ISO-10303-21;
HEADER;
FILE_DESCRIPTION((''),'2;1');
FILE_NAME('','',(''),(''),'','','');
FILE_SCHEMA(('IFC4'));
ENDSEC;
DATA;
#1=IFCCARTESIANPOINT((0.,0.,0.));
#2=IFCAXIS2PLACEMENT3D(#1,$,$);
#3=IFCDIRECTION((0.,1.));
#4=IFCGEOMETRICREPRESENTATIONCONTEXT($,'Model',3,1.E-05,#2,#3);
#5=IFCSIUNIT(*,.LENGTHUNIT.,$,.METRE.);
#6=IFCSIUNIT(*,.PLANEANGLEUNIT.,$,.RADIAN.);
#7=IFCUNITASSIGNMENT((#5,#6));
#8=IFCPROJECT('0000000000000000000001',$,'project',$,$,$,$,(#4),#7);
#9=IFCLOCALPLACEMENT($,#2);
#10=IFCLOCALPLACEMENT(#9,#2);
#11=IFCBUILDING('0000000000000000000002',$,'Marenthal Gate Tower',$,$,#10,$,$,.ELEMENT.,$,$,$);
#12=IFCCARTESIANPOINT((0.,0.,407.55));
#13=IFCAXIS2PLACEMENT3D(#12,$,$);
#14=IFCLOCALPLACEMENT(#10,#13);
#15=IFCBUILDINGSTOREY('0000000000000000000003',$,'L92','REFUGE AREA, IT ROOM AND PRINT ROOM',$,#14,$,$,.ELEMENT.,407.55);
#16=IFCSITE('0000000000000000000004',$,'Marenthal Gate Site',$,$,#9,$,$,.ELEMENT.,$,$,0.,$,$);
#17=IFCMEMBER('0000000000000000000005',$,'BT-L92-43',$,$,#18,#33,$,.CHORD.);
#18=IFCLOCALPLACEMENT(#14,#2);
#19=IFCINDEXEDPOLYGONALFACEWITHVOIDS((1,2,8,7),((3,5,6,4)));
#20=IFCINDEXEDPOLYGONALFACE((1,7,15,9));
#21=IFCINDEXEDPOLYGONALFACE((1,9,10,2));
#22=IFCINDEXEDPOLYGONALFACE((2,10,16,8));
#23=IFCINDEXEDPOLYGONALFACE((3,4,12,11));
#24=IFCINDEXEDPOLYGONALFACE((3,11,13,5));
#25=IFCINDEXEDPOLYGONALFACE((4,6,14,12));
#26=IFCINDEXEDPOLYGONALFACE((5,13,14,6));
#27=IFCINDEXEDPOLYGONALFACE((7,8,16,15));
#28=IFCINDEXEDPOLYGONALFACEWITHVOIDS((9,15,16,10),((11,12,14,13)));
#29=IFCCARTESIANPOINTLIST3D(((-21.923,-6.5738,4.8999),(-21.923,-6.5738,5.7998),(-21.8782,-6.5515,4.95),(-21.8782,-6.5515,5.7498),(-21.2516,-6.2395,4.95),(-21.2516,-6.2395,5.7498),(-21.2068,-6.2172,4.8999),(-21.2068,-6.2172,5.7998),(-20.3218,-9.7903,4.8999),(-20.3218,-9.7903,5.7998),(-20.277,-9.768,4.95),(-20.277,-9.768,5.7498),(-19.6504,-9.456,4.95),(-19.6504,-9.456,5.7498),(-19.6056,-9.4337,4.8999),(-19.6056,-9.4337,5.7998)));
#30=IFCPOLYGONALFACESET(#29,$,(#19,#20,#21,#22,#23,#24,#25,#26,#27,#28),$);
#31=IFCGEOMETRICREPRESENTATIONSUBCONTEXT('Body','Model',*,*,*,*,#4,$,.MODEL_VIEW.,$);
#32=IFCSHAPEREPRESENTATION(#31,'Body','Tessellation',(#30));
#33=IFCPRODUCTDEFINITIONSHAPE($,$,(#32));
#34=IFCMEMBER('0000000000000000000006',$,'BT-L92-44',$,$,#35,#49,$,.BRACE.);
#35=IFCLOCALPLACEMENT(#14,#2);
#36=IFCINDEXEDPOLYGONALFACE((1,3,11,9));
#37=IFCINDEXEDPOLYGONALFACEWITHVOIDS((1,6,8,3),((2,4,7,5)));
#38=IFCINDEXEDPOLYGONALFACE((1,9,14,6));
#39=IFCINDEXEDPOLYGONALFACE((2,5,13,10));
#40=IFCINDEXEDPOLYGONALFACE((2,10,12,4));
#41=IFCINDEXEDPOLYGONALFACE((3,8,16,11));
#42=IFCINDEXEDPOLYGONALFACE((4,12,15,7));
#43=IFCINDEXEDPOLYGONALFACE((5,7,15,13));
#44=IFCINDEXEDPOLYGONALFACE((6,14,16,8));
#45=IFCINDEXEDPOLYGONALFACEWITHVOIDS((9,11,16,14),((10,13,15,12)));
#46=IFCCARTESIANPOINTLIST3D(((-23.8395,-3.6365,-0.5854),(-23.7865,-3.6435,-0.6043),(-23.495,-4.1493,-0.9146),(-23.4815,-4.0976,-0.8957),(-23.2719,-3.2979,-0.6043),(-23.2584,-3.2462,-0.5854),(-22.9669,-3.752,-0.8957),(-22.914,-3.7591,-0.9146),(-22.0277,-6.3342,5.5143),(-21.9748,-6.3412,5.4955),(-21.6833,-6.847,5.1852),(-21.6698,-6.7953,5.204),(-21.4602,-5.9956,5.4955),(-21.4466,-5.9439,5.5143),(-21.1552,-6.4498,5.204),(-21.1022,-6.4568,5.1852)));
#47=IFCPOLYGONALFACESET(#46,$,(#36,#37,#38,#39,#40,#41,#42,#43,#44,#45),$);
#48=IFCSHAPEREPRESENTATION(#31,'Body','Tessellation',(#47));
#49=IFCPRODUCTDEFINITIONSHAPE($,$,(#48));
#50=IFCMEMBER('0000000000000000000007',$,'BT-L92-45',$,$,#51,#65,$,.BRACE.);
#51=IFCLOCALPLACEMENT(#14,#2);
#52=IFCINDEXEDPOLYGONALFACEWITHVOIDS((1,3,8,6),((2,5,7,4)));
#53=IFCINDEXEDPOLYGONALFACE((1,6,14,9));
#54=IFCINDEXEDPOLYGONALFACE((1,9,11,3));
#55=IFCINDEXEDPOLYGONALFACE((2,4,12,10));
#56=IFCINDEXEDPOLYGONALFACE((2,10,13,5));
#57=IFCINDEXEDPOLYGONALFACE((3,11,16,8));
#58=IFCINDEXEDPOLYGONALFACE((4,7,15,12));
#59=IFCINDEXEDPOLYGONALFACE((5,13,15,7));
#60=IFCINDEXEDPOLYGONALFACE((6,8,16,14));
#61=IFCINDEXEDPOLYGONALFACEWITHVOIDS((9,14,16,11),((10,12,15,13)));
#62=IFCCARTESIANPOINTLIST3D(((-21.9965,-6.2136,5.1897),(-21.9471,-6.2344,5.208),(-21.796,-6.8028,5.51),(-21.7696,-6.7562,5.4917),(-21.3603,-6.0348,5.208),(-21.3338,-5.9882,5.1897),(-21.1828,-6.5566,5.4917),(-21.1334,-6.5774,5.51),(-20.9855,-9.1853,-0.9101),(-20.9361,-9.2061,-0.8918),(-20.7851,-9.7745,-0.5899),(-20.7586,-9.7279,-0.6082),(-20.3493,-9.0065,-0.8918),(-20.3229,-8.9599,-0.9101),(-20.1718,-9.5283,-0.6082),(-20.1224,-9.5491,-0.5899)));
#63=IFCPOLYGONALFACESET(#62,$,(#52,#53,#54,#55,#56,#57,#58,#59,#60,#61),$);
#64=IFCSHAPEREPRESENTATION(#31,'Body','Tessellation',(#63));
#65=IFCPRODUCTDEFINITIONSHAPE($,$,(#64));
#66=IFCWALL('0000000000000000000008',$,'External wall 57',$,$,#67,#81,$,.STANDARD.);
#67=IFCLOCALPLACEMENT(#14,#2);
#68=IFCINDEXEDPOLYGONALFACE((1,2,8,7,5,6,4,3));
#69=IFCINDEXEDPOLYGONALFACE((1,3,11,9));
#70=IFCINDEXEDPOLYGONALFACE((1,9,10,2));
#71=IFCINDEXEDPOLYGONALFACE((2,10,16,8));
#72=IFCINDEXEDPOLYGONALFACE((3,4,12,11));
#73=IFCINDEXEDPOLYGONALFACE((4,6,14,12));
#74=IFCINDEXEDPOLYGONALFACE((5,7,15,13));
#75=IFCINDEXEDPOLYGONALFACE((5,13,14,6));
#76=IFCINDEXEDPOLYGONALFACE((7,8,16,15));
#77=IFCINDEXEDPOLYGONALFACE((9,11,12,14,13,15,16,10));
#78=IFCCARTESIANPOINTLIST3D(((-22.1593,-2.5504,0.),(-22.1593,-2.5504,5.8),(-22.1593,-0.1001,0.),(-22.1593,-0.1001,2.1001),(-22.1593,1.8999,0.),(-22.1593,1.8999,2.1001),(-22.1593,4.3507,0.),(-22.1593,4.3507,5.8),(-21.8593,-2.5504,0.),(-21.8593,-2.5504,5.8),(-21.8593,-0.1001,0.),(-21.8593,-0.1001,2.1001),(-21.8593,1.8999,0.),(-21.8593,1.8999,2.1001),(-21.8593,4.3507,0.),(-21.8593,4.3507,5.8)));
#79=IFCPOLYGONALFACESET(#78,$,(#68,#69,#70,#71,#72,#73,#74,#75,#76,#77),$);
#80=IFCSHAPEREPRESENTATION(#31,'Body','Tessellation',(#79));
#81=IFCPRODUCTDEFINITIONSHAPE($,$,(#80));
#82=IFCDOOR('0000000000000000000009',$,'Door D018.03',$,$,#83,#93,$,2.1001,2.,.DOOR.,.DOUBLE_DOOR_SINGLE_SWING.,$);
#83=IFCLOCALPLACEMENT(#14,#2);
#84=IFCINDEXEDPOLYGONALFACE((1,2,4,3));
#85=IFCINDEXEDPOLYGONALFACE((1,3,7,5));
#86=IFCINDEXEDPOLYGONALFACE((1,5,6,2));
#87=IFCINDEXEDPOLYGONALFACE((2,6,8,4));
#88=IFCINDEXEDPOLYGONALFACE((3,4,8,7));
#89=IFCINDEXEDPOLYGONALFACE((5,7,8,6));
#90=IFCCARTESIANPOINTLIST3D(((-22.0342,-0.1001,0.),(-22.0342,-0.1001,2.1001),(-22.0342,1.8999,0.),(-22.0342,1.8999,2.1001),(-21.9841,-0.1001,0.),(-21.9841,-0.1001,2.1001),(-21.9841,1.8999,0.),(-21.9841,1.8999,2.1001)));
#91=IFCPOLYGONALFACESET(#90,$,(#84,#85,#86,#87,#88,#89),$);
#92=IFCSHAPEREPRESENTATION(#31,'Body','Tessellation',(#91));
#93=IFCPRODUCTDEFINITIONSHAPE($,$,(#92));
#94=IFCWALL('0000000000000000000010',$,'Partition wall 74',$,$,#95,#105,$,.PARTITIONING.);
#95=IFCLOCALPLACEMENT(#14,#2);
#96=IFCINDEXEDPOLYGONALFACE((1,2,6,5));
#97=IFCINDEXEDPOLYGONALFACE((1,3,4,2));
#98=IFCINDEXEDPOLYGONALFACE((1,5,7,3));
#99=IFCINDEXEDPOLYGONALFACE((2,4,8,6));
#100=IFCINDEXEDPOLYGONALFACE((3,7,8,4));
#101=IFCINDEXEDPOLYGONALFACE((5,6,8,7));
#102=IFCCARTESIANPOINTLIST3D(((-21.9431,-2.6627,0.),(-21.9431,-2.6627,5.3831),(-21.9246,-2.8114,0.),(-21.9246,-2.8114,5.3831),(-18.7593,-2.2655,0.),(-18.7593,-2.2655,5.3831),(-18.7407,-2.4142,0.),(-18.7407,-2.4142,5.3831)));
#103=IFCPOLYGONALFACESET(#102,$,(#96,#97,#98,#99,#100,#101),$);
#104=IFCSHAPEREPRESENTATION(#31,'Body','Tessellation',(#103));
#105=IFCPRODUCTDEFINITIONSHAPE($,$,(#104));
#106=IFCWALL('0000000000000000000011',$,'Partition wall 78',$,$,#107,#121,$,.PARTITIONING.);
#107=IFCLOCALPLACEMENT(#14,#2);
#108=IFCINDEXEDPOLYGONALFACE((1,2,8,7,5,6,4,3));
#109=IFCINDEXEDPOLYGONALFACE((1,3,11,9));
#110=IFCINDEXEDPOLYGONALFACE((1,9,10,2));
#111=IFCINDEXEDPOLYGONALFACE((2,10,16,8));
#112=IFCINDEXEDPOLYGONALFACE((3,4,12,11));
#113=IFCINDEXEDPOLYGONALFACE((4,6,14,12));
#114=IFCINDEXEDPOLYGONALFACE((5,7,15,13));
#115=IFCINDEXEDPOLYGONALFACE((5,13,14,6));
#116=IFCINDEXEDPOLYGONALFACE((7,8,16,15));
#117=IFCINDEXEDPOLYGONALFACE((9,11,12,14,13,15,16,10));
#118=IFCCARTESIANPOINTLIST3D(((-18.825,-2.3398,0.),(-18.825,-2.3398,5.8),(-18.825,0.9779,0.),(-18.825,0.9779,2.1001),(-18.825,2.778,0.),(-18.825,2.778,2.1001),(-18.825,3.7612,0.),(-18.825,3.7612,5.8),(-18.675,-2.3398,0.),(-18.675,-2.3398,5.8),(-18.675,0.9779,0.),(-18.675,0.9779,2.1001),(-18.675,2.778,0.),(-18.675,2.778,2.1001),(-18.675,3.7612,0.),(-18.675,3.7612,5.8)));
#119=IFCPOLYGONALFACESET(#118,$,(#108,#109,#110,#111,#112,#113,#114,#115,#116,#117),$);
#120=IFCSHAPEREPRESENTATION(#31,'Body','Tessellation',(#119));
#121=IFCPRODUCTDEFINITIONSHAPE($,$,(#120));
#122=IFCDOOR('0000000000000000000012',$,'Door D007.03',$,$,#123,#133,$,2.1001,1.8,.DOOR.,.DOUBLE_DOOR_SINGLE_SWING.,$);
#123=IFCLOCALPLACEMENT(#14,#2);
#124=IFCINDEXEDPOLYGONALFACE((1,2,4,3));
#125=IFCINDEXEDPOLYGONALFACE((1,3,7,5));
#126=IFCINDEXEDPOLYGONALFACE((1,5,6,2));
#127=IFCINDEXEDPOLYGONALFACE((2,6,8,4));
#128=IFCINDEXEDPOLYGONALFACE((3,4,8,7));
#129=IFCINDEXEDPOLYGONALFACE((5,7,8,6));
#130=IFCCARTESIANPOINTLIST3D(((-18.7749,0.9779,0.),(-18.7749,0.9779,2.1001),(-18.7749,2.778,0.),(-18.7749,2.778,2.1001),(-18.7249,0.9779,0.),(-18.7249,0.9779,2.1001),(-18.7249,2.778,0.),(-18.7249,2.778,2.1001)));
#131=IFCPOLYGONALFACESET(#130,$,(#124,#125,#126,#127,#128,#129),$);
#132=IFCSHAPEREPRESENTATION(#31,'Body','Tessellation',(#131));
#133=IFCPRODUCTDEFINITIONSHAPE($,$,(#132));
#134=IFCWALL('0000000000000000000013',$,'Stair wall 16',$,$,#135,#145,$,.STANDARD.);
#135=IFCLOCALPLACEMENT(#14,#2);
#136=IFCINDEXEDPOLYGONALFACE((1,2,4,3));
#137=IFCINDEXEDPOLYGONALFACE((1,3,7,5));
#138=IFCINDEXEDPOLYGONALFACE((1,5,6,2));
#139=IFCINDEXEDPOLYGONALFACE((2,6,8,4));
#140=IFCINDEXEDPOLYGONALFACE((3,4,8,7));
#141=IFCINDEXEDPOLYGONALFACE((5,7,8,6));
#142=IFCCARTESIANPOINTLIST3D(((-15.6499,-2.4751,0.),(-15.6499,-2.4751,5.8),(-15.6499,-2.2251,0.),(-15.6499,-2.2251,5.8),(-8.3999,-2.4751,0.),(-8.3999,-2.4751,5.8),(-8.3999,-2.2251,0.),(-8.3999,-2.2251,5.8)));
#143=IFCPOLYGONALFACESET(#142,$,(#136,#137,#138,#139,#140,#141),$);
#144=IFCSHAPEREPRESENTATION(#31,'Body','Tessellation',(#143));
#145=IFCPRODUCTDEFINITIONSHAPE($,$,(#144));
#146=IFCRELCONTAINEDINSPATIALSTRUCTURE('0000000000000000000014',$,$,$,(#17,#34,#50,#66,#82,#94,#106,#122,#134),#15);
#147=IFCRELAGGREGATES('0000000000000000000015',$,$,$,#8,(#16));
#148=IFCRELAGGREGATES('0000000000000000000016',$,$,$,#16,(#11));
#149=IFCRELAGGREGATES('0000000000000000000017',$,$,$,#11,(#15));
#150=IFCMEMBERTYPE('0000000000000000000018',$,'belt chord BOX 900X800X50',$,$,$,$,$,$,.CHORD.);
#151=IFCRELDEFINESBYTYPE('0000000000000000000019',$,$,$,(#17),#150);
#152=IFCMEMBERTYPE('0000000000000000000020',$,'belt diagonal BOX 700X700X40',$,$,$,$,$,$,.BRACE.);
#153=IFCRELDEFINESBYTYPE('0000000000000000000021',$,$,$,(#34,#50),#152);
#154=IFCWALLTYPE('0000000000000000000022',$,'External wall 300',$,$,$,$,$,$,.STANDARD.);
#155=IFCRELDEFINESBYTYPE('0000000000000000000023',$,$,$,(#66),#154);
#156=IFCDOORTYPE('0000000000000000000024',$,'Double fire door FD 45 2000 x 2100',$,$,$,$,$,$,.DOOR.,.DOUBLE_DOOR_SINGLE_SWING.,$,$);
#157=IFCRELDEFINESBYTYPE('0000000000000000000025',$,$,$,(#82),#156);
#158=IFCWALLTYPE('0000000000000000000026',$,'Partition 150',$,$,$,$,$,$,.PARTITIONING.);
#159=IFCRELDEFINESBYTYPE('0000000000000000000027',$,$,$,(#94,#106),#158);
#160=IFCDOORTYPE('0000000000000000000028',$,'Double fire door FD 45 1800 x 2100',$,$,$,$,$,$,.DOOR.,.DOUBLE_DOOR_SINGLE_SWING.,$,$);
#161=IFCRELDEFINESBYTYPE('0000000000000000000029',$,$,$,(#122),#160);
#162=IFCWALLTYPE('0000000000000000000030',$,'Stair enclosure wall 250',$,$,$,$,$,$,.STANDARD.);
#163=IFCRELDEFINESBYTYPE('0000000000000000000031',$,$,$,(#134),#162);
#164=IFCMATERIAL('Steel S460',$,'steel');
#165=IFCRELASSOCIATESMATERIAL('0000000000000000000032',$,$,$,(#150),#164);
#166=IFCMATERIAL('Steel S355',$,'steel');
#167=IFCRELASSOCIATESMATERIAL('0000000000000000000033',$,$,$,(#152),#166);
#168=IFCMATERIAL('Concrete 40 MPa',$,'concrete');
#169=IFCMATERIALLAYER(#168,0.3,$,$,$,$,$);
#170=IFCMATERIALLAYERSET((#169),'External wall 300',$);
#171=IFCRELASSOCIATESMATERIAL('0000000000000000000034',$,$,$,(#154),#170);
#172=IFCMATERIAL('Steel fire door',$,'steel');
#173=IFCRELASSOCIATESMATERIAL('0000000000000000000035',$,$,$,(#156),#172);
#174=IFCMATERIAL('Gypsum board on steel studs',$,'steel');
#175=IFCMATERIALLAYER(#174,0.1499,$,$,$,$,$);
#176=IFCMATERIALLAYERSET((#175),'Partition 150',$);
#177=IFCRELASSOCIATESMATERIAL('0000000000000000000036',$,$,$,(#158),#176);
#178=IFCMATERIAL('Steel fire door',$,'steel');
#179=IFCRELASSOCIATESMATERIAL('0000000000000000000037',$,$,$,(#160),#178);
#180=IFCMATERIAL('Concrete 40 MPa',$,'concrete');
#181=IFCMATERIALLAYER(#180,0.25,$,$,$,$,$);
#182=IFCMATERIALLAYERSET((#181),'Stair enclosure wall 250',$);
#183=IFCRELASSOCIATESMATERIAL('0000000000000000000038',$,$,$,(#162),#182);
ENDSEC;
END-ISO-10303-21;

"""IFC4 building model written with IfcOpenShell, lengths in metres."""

from ifc_helpers import new_model, si_unit, direction, frame, frame_2d, origin, origin_2d, place, context, subcontext, project, spatial, rectangle, hollow_rectangle, extrude, material, layer, layer_set, material_profile, profile_set, type_object, element, fill, save


model = new_model("IFC4")

# Units and contexts
model_context = context("Model", 3, precision=1e-05, world=origin(), true_north=direction((0.0, 1.0)))
body_context = subcontext(model_context, "Body", "Model", "MODEL_VIEW")
ifc_project = project(units=[si_unit("LENGTHUNIT", "METRE"), si_unit("PLANEANGLEUNIT", "RADIAN")], contexts=[model_context])

# Site, building, storey
site_placement = place(None, origin())
site = spatial("IfcSite", under=ifc_project, at=site_placement, Name="Marenthal Gate Site", CompositionType="ELEMENT", RefElevation=0.0)
building_placement = place(site_placement, origin())
building = spatial("IfcBuilding", under=site, at=building_placement, Name="Marenthal Gate Tower", CompositionType="ELEMENT")
storey_placement = place(building_placement, frame((0.0, 0.0, 407.55)))
storey = spatial("IfcBuildingStorey", under=building, at=storey_placement, Name="L92", Description="REFUGE AREA, IT ROOM AND PRINT ROOM", CompositionType="ELEMENT", Elevation=407.55)

# Members
ifc_material_1 = material(Name="Steel S460", Category="steel")
ifc_material_profile_1 = material_profile(ifc_material_1, hollow_rectangle(XDim=0.8, YDim=0.8999, WallThickness=0.05, at=origin_2d()), Name="BOX 900X800X50")
ifc_profile_set_1 = profile_set([ifc_material_profile_1], Name="Steel S460")
member_type_1 = type_object("IfcMemberType", Name="belt chord BOX 900X800X50", PredefinedType="CHORD", material=ifc_profile_set_1)
member_1_placement = place(storey_placement, frame((-21.5649, -6.3955, 5.3499), z_axis=(0.445664, -0.8952, 0.0), x_axis=(0.8952, 0.445664, 0.0)))
element("IfcMember", 1, at=member_1_placement, inside=storey, type_object=member_type_1, Name="BT-L92-43", PredefinedType="CHORD", context=body_context, shape_type="SweptSolid", body=[
    extrude(hollow_rectangle(XDim=0.8, YDim=0.8999, WallThickness=0.05, at=origin_2d()), origin(), (0.0, 0.0, 1.0), 3.593),
])
ifc_material_2 = material(Name="Steel S355", Category="steel")
ifc_material_profile_2 = material_profile(ifc_material_2, hollow_rectangle(XDim=0.7, YDim=0.7, WallThickness=0.04, at=origin_2d()), Name="BOX 700X700X40")
ifc_profile_set_2 = profile_set([ifc_material_profile_2], Name="Steel S355")
member_type_2 = type_object("IfcMemberType", Name="belt diagonal BOX 700X700X40", PredefinedType="BRACE", material=ifc_profile_set_2)
member_2_placement = place(storey_placement, frame((-23.3767, -3.6978, -0.75), z_axis=(0.262139, -0.390329, 0.882568), x_axis=(0.830162, 0.557523, 0.0)))
element("IfcMember", 2, at=member_2_placement, inside=storey, type_object=member_type_2, Name="BT-L92-44", PredefinedType="BRACE", context=body_context, shape_type="SweptSolid", body=[
    extrude(hollow_rectangle(XDim=0.7, YDim=0.7, WallThickness=0.04, at=origin_2d()), origin(), (0.0, 0.0, 1.0), 6.9114),
])
member_3_placement = place(storey_placement, frame((-21.5649, -6.3955, 5.3499), z_axis=(0.147372, -0.433182, -0.889176), x_axis=(0.946713, 0.322078, 0.0)))
element("IfcMember", 3, at=member_3_placement, inside=storey, type_object=member_type_2, Name="BT-L92-45", PredefinedType="BRACE", context=body_context, shape_type="SweptSolid", body=[
    extrude(hollow_rectangle(XDim=0.7, YDim=0.7, WallThickness=0.04, at=origin_2d()), origin(), (0.0, 0.0, 1.0), 6.8601),
])

# Wall, opening, door
ifc_material_3 = material(Name="Concrete 40 MPa", Category="concrete")
ifc_layer_1 = layer(ifc_material_3, 0.3)
ifc_layer_set_1 = layer_set([ifc_layer_1], Name="External wall 300")
wall_type_1 = type_object("IfcWallType", Name="External wall 300", PredefinedType="STANDARD", material=ifc_layer_set_1)
wall_1_placement = place(storey_placement, frame((-22.0093, -2.5505, 0.0), z_axis=(0.0, 0.0, 1.0), x_axis=(0.0, 1.0, 0.0)))
wall_1 = element("IfcWall", 4, at=wall_1_placement, inside=storey, type_object=wall_type_1, Name="External wall 57", PredefinedType="STANDARD", context=body_context, shape_type="SweptSolid", body=[
    extrude(rectangle(XDim=6.9011, YDim=0.3, at=frame_2d((3.4507, 0.0))), origin(), (0.0, 0.0, 1.0), 5.8),
])
opening_1_placement = place(wall_1_placement, frame((2.4504, 0.0, 0.0)))
opening_1 = element("IfcOpeningElement", 5, at=opening_1_placement, cuts=wall_1, PredefinedType="OPENING", context=body_context, shape_type="SweptSolid", body=[
    extrude(rectangle(XDim=2.0, YDim=2.1001, at=frame_2d((1.0, 1.05))), frame((0.0, 0.1602, 0.0), z_axis=(0.0, -1.0, 0.0), x_axis=(1.0, 0.0, 0.0)), (0.0, 0.0, 1.0), 0.3201),
])
ifc_material_4 = material(Name="Steel fire door", Category="steel")
door_type_1 = type_object("IfcDoorType", Name="Double fire door FD 45 2000 x 2100", OperationType="DOUBLE_DOOR_SINGLE_SWING", PredefinedType="DOOR", material=ifc_material_4)
door_1_placement = place(opening_1_placement, origin())
door_1 = element("IfcDoor", 6, at=door_1_placement, inside=storey, type_object=door_type_1, Name="Door D018.03", OperationType="DOUBLE_DOOR_SINGLE_SWING", OverallHeight=2.1001, OverallWidth=2.0, PredefinedType="DOOR", context=body_context, shape_type="SweptSolid", body=[
    extrude(rectangle(XDim=2.0, YDim=2.1001, at=frame_2d((1.0, 1.05))), frame((0.0, 0.0249, 0.0), z_axis=(0.0, -1.0, 0.0), x_axis=(1.0, 0.0, 0.0)), (0.0, 0.0, 1.0), 0.05),
])
fill(opening_1, door_1)

# Wall
ifc_material_5 = material(Name="Gypsum board on steel studs", Category="steel")
ifc_layer_2 = layer(ifc_material_5, 0.1499)
ifc_layer_set_2 = layer_set([ifc_layer_2], Name="Partition 150")
wall_type_2 = type_object("IfcWallType", Name="Partition 150", PredefinedType="PARTITIONING", material=ifc_layer_set_2)
wall_2_placement = place(storey_placement, frame((-21.9338, -2.7371, 0.0), z_axis=(0.0, 0.0, 1.0), x_axis=(0.992307, 0.123801, 0.0)))
element("IfcWall", 7, at=wall_2_placement, inside=storey, type_object=wall_type_2, Name="Partition wall 74", PredefinedType="PARTITIONING", context=body_context, shape_type="SweptSolid", body=[
    extrude(rectangle(XDim=3.2085, YDim=0.1499, at=frame_2d((1.6042, 0.0))), origin(), (0.0, 0.0, 1.0), 5.3831),
])

# Wall, opening, door
wall_3_placement = place(storey_placement, frame((-18.75, -2.3398, 0.0), z_axis=(0.0, 0.0, 1.0), x_axis=(0.0, 1.0, 0.0)))
wall_3 = element("IfcWall", 8, at=wall_3_placement, inside=storey, type_object=wall_type_2, Name="Partition wall 78", PredefinedType="PARTITIONING", context=body_context, shape_type="SweptSolid", body=[
    extrude(rectangle(XDim=6.1011, YDim=0.1499, at=frame_2d((3.0505, 0.0))), origin(), (0.0, 0.0, 1.0), 5.8),
])
opening_2_placement = place(wall_3_placement, frame((3.3179, 0.0, 0.0)))
opening_2 = element("IfcOpeningElement", 9, at=opening_2_placement, cuts=wall_3, PredefinedType="OPENING", context=body_context, shape_type="SweptSolid", body=[
    extrude(rectangle(XDim=1.8, YDim=2.1001, at=frame_2d((0.8999, 1.05))), frame((0.0, 0.085, 0.0), z_axis=(0.0, -1.0, 0.0), x_axis=(1.0, 0.0, 0.0)), (0.0, 0.0, 1.0), 0.1699),
])
ifc_material_6 = material(Name="Steel fire door", Category="steel")
door_type_2 = type_object("IfcDoorType", Name="Double fire door FD 45 1800 x 2100", OperationType="DOUBLE_DOOR_SINGLE_SWING", PredefinedType="DOOR", material=ifc_material_6)
door_2_placement = place(opening_2_placement, origin())
door_2 = element("IfcDoor", 10, at=door_2_placement, inside=storey, type_object=door_type_2, Name="Door D007.03", OperationType="DOUBLE_DOOR_SINGLE_SWING", OverallHeight=2.1001, OverallWidth=1.8, PredefinedType="DOOR", context=body_context, shape_type="SweptSolid", body=[
    extrude(rectangle(XDim=1.8, YDim=2.1001, at=frame_2d((0.8999, 1.05))), frame((0.0, 0.0249, 0.0), z_axis=(0.0, -1.0, 0.0), x_axis=(1.0, 0.0, 0.0)), (0.0, 0.0, 1.0), 0.05),
])
fill(opening_2, door_2)

# Wall
ifc_material_7 = material(Name="Concrete 40 MPa", Category="concrete")
ifc_layer_3 = layer(ifc_material_7, 0.25)
ifc_layer_set_3 = layer_set([ifc_layer_3], Name="Stair enclosure wall 250")
wall_type_3 = type_object("IfcWallType", Name="Stair enclosure wall 250", PredefinedType="STANDARD", material=ifc_layer_set_3)
wall_4_placement = place(storey_placement, frame((-15.6499, -2.3501, 0.0), z_axis=(0.0, 0.0, 1.0), x_axis=(1.0, 0.0, 0.0)))
element("IfcWall", 11, at=wall_4_placement, inside=storey, type_object=wall_type_3, Name="Stair wall 16", PredefinedType="STANDARD", context=body_context, shape_type="SweptSolid", body=[
    extrude(rectangle(XDim=7.25, YDim=0.25, at=frame_2d((3.625, 0.0))), origin(), (0.0, 0.0, 1.0), 5.8),
])

save(model, "model.ifc")
